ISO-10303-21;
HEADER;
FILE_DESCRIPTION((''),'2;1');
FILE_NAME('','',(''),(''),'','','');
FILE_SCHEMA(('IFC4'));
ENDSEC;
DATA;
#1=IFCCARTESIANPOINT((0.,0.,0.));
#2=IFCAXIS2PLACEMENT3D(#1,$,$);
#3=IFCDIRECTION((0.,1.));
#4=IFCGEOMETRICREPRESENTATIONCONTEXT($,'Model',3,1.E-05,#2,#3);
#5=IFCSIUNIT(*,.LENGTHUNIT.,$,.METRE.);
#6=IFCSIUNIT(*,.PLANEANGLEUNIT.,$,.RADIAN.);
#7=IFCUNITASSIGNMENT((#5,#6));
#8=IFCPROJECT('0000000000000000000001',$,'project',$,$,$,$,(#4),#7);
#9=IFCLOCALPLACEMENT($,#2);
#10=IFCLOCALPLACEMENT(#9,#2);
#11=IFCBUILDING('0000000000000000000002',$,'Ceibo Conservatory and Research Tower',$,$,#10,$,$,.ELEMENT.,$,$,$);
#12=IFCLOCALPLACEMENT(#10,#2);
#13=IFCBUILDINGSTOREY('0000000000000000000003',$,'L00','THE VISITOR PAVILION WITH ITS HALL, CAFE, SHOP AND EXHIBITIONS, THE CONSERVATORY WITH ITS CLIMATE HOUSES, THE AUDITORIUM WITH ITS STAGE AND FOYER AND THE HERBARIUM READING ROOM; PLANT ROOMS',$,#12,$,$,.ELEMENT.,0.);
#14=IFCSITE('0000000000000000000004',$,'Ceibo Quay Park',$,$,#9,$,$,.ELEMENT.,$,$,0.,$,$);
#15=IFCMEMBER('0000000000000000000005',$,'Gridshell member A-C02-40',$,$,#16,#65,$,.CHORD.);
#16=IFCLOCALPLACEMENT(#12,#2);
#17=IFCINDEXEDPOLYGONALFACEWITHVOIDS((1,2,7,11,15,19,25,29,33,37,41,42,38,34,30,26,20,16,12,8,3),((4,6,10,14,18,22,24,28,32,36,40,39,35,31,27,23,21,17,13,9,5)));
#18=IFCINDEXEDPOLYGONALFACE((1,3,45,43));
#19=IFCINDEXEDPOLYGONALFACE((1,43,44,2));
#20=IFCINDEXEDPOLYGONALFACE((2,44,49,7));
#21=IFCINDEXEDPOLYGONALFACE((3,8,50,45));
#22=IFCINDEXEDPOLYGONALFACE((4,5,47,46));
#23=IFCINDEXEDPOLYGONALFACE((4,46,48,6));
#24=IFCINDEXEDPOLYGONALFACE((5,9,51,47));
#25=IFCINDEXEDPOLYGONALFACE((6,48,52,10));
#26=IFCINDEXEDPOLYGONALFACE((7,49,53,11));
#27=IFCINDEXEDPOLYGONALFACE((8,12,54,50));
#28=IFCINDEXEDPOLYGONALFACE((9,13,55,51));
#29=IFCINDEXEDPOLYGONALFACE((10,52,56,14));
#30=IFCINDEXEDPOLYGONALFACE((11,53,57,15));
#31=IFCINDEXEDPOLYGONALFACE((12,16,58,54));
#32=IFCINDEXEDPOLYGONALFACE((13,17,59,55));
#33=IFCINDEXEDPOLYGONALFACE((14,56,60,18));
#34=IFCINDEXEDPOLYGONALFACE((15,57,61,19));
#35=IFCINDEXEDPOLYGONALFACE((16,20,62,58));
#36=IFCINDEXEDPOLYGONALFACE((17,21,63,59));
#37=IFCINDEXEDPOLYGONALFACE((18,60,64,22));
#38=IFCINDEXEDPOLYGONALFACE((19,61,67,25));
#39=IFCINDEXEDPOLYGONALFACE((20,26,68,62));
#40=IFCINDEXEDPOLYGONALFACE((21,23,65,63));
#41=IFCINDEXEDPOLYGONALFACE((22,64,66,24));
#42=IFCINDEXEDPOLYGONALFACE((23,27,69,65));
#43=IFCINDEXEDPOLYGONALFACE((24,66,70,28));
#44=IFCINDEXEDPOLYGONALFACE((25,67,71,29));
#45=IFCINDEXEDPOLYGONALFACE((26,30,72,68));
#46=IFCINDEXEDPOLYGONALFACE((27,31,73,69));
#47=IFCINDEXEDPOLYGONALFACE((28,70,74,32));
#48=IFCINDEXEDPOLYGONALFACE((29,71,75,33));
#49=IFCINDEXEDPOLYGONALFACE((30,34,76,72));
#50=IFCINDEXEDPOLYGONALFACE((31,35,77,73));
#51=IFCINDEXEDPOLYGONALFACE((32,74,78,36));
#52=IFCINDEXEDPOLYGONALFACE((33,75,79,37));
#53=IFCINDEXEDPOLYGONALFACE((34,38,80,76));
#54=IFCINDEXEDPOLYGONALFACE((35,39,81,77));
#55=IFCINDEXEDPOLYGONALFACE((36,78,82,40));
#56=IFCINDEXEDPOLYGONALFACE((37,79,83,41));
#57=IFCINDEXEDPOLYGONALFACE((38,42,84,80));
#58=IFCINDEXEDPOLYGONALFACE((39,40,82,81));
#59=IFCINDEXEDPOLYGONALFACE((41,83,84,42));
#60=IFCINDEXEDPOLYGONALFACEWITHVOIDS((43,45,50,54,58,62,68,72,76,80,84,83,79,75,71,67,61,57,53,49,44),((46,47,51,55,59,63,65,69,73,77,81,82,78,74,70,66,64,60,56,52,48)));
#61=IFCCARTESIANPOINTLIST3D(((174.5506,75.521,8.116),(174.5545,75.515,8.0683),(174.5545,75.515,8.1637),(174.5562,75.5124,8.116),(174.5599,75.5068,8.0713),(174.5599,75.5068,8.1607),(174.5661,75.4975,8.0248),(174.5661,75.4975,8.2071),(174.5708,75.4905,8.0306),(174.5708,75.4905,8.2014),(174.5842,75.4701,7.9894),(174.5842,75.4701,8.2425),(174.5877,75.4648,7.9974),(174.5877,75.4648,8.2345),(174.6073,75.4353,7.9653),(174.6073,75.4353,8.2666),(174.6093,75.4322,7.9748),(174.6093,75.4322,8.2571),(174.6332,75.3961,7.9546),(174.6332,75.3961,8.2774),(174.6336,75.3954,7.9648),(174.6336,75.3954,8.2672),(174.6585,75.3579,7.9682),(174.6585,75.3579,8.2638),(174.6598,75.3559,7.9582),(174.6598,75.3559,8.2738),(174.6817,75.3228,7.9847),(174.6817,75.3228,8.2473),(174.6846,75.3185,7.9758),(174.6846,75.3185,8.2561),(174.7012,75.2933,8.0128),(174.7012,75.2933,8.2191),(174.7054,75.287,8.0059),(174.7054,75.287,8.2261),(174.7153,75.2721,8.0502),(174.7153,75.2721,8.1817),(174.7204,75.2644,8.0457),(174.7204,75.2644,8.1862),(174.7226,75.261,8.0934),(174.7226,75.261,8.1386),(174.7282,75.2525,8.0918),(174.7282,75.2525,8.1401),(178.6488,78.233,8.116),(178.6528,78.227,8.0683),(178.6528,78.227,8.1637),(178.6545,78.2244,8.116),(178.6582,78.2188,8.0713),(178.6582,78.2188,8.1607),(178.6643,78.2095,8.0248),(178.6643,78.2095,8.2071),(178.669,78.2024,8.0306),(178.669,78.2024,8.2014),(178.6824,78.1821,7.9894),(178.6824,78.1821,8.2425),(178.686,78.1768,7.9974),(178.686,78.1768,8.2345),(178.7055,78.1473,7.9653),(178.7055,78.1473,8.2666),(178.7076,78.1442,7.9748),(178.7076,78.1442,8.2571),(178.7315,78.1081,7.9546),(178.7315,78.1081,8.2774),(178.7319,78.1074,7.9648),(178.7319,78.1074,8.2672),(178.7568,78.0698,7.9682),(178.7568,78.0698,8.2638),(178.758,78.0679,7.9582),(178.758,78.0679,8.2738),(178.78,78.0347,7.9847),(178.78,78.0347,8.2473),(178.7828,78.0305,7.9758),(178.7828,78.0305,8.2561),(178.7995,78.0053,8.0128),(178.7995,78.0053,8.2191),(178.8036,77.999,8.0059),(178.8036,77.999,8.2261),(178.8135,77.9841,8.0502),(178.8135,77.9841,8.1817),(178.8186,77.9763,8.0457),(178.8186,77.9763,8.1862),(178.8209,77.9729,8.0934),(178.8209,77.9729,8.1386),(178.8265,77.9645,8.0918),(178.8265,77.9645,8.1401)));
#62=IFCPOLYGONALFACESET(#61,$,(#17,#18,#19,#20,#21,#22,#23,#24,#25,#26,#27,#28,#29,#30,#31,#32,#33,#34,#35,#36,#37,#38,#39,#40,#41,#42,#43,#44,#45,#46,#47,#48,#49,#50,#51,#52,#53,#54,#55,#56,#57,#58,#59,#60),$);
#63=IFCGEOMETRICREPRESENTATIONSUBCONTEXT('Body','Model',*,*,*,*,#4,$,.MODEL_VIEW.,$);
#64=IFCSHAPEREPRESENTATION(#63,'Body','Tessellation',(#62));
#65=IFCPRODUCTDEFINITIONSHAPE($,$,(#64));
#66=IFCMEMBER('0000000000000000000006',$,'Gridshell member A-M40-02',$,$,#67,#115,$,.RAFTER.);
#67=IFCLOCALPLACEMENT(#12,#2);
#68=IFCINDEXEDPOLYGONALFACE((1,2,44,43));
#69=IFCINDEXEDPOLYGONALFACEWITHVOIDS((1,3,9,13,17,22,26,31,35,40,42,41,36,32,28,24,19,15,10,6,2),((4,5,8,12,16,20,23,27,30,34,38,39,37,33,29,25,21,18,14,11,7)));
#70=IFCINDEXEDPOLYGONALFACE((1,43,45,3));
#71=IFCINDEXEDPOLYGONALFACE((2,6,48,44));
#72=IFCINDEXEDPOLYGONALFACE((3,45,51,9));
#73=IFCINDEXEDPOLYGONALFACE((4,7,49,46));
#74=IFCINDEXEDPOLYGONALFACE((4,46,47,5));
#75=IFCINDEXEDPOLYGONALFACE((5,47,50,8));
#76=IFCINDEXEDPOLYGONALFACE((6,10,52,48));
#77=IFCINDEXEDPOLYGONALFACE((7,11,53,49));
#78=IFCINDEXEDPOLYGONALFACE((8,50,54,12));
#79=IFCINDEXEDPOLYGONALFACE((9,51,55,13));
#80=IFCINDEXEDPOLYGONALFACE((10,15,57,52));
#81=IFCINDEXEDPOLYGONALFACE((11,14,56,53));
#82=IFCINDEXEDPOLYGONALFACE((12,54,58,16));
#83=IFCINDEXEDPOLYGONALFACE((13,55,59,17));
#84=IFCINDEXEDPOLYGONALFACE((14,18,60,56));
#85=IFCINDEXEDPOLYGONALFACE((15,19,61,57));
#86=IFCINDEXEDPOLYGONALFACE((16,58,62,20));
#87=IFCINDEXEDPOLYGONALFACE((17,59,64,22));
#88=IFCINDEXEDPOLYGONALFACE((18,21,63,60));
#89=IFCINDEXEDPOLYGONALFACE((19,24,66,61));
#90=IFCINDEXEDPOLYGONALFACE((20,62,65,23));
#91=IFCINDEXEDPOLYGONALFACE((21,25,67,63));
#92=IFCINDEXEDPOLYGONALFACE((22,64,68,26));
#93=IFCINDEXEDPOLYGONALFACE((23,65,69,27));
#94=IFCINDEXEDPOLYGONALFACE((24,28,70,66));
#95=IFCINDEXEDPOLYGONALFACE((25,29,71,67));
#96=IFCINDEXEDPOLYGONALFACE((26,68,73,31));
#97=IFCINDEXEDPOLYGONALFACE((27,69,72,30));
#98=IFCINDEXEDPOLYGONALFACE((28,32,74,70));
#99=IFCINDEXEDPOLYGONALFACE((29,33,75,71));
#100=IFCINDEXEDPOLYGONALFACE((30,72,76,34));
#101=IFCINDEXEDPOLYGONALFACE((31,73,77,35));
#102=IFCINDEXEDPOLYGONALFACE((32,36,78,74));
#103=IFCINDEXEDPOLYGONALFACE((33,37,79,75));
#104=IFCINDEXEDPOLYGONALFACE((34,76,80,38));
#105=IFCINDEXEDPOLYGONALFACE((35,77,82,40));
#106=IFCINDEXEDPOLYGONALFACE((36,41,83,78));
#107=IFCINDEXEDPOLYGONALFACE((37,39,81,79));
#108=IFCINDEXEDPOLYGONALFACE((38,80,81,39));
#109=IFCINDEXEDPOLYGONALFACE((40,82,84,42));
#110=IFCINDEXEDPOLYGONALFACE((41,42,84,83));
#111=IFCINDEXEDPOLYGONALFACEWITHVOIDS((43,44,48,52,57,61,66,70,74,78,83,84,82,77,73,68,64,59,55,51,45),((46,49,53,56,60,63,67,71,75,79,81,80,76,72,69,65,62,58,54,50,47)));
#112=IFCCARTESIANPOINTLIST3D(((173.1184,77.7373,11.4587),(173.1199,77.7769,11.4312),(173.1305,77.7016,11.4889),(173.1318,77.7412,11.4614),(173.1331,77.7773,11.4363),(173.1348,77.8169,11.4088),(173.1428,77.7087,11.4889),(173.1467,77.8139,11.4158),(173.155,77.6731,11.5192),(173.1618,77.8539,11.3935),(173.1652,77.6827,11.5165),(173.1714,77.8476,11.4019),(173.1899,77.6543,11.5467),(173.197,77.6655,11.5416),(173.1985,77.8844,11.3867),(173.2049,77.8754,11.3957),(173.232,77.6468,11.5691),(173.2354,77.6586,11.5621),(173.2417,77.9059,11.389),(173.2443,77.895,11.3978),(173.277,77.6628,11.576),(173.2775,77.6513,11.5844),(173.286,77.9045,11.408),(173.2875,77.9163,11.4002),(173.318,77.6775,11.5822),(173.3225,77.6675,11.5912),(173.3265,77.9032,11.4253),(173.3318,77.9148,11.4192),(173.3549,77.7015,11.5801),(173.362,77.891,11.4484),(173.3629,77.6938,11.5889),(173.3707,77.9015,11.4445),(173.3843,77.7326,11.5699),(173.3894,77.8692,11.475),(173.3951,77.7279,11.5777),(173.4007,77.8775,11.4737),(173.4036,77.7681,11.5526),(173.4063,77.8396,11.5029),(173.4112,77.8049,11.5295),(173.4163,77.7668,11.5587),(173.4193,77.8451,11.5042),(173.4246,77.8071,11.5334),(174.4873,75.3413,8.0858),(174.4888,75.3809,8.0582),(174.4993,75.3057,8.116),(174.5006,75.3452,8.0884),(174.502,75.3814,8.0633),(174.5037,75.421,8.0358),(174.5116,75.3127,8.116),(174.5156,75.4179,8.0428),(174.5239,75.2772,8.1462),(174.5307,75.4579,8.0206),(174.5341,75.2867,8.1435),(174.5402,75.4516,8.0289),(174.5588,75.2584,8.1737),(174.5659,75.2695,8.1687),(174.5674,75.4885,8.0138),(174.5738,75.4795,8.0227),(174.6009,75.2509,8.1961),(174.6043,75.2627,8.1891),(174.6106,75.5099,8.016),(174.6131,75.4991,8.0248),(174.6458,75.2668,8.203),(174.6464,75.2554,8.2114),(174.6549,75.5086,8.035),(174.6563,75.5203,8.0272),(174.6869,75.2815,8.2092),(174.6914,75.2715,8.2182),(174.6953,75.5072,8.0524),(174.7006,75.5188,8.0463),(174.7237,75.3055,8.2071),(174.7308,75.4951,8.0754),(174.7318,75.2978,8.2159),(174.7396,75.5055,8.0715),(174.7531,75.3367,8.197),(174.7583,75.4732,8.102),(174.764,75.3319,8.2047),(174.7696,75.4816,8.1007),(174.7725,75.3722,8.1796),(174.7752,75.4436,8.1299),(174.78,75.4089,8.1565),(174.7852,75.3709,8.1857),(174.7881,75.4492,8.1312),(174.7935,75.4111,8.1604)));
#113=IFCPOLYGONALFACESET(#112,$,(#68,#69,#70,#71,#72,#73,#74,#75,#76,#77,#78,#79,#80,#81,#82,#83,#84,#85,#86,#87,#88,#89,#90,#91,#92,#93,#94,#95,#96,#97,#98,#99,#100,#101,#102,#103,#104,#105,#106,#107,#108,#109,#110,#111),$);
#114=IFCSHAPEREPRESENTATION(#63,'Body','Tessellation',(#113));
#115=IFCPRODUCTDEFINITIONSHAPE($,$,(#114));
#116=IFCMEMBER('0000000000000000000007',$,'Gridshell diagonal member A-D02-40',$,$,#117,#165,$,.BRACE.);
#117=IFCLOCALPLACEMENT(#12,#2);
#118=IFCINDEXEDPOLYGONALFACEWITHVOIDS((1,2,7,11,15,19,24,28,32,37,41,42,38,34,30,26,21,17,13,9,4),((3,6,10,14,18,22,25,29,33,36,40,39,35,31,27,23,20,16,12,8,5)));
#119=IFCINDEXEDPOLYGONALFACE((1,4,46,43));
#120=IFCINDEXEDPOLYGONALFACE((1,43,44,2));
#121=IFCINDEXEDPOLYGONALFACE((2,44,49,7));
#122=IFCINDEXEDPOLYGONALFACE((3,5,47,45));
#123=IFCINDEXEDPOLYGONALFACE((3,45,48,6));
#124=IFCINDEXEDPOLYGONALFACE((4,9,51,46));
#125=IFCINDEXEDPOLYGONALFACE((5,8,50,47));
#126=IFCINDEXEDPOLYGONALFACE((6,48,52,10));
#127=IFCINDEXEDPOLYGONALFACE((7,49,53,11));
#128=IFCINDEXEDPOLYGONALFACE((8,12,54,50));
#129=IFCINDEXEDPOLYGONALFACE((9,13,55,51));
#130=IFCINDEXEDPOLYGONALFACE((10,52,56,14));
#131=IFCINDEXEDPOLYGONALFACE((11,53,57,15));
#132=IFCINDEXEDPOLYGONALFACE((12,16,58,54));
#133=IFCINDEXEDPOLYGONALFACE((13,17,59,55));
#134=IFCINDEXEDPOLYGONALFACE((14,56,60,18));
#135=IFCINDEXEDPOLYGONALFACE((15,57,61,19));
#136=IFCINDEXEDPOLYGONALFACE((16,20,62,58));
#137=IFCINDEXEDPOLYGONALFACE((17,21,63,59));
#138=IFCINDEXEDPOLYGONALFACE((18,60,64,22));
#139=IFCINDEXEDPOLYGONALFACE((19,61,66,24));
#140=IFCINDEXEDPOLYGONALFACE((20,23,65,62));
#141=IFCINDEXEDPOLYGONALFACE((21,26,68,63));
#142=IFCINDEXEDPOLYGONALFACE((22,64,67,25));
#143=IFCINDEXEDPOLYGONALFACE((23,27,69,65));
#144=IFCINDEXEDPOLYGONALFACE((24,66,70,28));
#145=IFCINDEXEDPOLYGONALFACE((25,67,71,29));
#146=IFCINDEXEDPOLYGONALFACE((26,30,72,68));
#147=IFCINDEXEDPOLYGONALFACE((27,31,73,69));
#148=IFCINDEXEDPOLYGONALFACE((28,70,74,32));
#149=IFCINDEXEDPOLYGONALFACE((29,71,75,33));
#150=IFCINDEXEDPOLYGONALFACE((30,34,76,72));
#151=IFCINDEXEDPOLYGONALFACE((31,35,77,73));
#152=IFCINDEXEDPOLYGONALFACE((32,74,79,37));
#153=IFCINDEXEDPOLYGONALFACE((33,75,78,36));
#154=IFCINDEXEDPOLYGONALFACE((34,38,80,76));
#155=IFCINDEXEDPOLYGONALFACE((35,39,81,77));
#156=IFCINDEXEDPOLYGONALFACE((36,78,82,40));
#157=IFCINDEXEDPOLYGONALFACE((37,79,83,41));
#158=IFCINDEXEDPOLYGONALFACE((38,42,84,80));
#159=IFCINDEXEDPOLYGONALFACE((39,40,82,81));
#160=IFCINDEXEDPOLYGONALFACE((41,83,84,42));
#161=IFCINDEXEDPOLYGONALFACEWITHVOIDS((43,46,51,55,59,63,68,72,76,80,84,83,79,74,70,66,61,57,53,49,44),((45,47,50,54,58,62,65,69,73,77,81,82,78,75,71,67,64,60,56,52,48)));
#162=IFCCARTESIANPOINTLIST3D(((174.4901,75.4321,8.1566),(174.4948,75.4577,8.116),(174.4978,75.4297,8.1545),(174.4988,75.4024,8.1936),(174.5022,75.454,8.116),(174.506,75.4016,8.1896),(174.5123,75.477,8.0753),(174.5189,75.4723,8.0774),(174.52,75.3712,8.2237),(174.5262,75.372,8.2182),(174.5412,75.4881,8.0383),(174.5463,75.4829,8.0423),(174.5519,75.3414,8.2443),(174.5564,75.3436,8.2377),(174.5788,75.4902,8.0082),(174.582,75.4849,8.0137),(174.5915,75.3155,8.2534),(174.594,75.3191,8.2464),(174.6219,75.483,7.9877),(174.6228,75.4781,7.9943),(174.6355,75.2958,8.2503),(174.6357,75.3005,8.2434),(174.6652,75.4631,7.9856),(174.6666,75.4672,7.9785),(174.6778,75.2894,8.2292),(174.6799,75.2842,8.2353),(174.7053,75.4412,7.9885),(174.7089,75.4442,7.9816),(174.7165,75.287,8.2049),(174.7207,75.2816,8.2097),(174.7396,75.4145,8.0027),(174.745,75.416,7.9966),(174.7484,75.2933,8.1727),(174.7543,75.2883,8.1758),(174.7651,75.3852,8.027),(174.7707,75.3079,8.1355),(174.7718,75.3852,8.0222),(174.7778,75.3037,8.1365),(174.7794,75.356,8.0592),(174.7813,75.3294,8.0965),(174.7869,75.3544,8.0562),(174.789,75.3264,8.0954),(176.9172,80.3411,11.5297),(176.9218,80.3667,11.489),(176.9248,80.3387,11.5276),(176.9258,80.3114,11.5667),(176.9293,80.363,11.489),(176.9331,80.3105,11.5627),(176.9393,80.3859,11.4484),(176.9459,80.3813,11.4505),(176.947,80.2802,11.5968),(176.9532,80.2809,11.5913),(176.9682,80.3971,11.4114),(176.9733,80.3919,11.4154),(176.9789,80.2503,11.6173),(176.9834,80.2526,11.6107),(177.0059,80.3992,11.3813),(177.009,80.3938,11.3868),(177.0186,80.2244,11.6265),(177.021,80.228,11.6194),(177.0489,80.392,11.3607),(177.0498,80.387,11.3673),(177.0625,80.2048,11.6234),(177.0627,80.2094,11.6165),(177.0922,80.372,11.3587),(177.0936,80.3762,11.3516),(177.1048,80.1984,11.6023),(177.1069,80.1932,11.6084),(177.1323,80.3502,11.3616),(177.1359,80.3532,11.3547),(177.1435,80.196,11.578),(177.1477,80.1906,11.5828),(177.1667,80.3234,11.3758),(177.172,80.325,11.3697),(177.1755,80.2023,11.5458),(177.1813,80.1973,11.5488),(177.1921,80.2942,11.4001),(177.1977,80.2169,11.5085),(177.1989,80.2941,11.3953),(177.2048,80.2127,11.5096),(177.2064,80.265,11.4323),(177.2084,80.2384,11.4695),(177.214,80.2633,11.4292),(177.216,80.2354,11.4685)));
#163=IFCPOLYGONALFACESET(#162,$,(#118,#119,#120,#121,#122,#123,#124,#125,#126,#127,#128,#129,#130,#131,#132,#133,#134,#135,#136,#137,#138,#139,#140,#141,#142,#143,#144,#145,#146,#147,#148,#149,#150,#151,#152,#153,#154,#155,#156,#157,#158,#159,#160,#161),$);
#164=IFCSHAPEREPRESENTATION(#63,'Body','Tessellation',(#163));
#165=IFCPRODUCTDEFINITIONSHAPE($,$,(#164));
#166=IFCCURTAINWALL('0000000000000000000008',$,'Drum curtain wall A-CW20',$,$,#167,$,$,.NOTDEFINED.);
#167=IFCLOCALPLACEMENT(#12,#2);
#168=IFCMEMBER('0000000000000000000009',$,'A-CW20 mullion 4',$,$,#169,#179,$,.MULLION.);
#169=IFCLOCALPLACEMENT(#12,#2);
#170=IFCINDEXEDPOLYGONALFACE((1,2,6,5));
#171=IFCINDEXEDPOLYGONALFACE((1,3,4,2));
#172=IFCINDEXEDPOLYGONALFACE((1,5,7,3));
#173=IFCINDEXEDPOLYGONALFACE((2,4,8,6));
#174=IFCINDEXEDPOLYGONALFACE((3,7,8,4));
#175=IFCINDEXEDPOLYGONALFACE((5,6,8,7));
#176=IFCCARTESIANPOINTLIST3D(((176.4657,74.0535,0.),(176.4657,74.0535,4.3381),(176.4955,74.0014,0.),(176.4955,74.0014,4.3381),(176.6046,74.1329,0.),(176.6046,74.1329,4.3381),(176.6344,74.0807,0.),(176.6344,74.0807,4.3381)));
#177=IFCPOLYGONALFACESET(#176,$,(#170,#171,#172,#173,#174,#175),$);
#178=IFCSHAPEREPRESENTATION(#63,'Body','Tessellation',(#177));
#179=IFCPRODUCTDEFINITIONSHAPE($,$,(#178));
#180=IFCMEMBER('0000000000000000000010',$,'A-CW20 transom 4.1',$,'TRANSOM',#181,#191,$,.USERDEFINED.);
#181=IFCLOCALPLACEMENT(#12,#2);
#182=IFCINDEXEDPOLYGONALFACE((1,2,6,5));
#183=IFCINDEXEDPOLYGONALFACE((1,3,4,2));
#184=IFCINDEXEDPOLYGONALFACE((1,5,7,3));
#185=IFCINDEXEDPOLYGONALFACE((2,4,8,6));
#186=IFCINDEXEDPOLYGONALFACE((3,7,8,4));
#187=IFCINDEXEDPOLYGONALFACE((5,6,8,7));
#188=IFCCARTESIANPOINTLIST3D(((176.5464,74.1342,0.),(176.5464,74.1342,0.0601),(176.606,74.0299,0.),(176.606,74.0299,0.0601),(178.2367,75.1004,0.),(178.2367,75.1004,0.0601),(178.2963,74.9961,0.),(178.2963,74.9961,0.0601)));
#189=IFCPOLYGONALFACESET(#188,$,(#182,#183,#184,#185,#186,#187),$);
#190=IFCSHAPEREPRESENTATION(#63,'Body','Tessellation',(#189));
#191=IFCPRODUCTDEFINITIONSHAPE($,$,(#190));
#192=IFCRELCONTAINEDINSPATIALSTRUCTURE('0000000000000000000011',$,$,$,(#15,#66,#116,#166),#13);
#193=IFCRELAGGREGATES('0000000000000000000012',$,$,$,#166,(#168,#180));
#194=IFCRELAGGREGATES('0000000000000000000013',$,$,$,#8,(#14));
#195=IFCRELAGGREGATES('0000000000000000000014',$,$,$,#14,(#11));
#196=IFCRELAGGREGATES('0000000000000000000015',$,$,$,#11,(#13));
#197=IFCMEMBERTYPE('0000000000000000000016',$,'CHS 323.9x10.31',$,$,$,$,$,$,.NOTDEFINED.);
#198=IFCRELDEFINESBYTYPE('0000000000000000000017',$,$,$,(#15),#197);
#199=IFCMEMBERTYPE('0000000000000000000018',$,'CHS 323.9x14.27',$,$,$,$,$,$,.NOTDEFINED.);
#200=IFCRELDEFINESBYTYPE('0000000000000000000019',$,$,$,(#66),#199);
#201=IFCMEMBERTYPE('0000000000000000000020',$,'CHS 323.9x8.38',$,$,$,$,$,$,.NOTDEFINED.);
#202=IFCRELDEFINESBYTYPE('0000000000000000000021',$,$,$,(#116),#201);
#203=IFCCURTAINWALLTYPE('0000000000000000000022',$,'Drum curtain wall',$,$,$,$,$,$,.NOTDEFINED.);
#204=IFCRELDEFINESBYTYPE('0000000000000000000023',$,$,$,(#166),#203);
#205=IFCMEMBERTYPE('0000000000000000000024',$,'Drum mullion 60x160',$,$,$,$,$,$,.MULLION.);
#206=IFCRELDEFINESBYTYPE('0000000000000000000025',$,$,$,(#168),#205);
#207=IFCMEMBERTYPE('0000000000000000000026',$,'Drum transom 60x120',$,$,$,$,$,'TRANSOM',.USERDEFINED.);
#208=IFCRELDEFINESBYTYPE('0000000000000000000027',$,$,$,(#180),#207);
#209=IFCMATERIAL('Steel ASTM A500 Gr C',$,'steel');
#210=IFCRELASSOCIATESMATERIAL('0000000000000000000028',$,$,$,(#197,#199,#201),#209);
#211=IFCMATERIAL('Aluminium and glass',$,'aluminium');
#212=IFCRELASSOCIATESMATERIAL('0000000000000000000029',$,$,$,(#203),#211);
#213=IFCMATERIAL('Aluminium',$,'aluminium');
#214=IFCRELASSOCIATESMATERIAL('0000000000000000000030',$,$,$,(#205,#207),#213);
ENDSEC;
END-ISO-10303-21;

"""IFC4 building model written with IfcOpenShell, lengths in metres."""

from ifc_helpers import new_model, si_unit, direction, frame, origin, origin_2d, place, context, subcontext, project, spatial, rectangle, hollow_circle, extrude, material, material_profile, profile_set, type_object, element, aggregate, save


model = new_model("IFC4")

# Units and contexts
model_context = context("Model", 3, precision=1e-05, world=origin(), true_north=direction((0.0, 1.0)))
body_context = subcontext(model_context, "Body", "Model", "MODEL_VIEW")
ifc_project = project(units=[si_unit("LENGTHUNIT", "METRE"), si_unit("PLANEANGLEUNIT", "RADIAN")], contexts=[model_context])

# Site, building, storey
site_placement = place(None, origin())
site = spatial("IfcSite", under=ifc_project, at=site_placement, Name="Ceibo Quay Park", CompositionType="ELEMENT", RefElevation=0.0)
building_placement = place(site_placement, origin())
building = spatial("IfcBuilding", under=site, at=building_placement, Name="Ceibo Conservatory and Research Tower", CompositionType="ELEMENT")
storey_placement = place(building_placement, origin())
storey = spatial("IfcBuildingStorey", under=building, at=storey_placement, Name="L00", Description="THE VISITOR PAVILION WITH ITS HALL, CAFE, SHOP AND EXHIBITIONS, THE CONSERVATORY WITH ITS CLIMATE HOUSES, THE AUDITORIUM WITH ITS STAGE AND FOYER AND THE HERBARIUM READING ROOM; PLANT ROOMS", CompositionType="ELEMENT", Elevation=0.0)

# Members
ifc_material_1 = material(Name="Steel ASTM A500 Gr C", Category="steel")
ifc_material_profile_1 = material_profile(ifc_material_1, hollow_circle(Radius=0.1619, WallThickness=0.0103, at=origin_2d()), Name="CHS 323.9x10.31")
ifc_profile_set_1 = profile_set([ifc_material_profile_1], Name="Steel ASTM A500 Gr C")
member_type_1 = type_object("IfcMemberType", Name="CHS 323.9x10.31", PredefinedType="NOTDEFINED", material=ifc_profile_set_1)
member_1_placement = place(storey_placement, frame((174.6399, 75.386, 8.116), z_axis=(0.833941, 0.551854, 0.0), x_axis=(-0.551854, 0.833941, 0.0)))
element("IfcMember", 1, at=member_1_placement, inside=storey, type_object=member_type_1, Name="Gridshell member A-C02-40", PredefinedType="CHORD", context=body_context, shape_type="SweptSolid", body=[
    extrude(hollow_circle(Radius=0.1619, WallThickness=0.0103, at=origin_2d()), origin(), (0.0, 0.0, 1.0), 4.9143),
])
ifc_material_profile_2 = material_profile(ifc_material_1, hollow_circle(Radius=0.1619, WallThickness=0.0142, at=origin_2d()), Name="CHS 323.9x14.27")
ifc_profile_set_2 = profile_set([ifc_material_profile_2], Name="Steel ASTM A500 Gr C")
member_type_2 = type_object("IfcMemberType", Name="CHS 323.9x14.27", PredefinedType="NOTDEFINED", material=ifc_profile_set_2)
member_2_placement = place(storey_placement, frame((174.6399, 75.386, 8.116), z_axis=(-0.314112, 0.549793, 0.773991), x_axis=(-0.868281, -0.496072, 0.0)))
element("IfcMember", 2, at=member_2_placement, inside=storey, type_object=member_type_2, Name="Gridshell member A-M40-02", PredefinedType="RAFTER", context=body_context, shape_type="SweptSolid", body=[
    extrude(hollow_circle(Radius=0.1619, WallThickness=0.0142, at=origin_2d()), origin(), (0.0, 0.0, 1.0), 4.3579),
])
ifc_material_profile_3 = material_profile(ifc_material_1, hollow_circle(Radius=0.1619, WallThickness=0.0083, at=origin_2d()), Name="CHS 323.9x8.38")
ifc_profile_set_3 = profile_set([ifc_material_profile_3], Name="Steel ASTM A500 Gr C")
member_type_3 = type_object("IfcMemberType", Name="CHS 323.9x8.38", PredefinedType="NOTDEFINED", material=ifc_profile_set_3)
member_3_placement = place(storey_placement, frame((174.6399, 75.386, 8.116), z_axis=(0.377356, 0.763253, 0.524449), x_axis=(-0.896424, 0.443197, 0.0)))
element("IfcMember", 3, at=member_3_placement, inside=storey, type_object=member_type_3, Name="Gridshell diagonal member A-D02-40", PredefinedType="BRACE", context=body_context, shape_type="SweptSolid", body=[
    extrude(hollow_circle(Radius=0.1619, WallThickness=0.0083, at=origin_2d()), origin(), (0.0, 0.0, 1.0), 6.4316),
])

# Curtain wall, members
ifc_material_2 = material(Name="Aluminium and glass", Category="aluminium")
curtain_wall_type = type_object("IfcCurtainWallType", Name="Drum curtain wall", PredefinedType="NOTDEFINED", material=ifc_material_2)
curtain_wall_placement = place(storey_placement, origin())
curtain_wall = element("IfcCurtainWall", 4, at=curtain_wall_placement, inside=storey, type_object=curtain_wall_type, Name="Drum curtain wall A-CW20", PredefinedType="NOTDEFINED")
ifc_material_3 = material(Name="Aluminium", Category="aluminium")
ifc_material_profile_4 = material_profile(ifc_material_3, rectangle(XDim=0.0601, YDim=0.1599, at=origin_2d()), Name="AL 60x160")
ifc_profile_set_4 = profile_set([ifc_material_profile_4], Name="Aluminium")
member_type_4 = type_object("IfcMemberType", Name="Drum mullion 60x160", PredefinedType="MULLION", material=ifc_profile_set_4)
member_4_placement = place(storey_placement, frame((176.55, 74.0671, 0.0), z_axis=(0.0, 0.0, 1.0), x_axis=(-0.496216, 0.868199, 0.0)))
member_4 = element("IfcMember", 5, at=member_4_placement, type_object=member_type_4, Name="A-CW20 mullion 4", PredefinedType="MULLION", context=body_context, shape_type="SweptSolid", body=[
    extrude(rectangle(XDim=0.0601, YDim=0.1599, at=origin_2d()), origin(), (0.0, 0.0, 1.0), 4.3381),
])
ifc_material_profile_5 = material_profile(ifc_material_3, rectangle(XDim=0.1201, YDim=0.0601, at=origin_2d()), Name="AL 60x120")
ifc_profile_set_5 = profile_set([ifc_material_profile_5], Name="Aluminium")
member_type_5 = type_object("IfcMemberType", Name="Drum transom 60x120", ElementType="TRANSOM", PredefinedType="USERDEFINED", material=ifc_profile_set_5)
member_5_placement = place(storey_placement, frame((176.5762, 74.082, 0.03), z_axis=(0.868166, 0.496274, 0.0), x_axis=(-0.496274, 0.868166, 0.0)))
member_5 = element("IfcMember", 6, at=member_5_placement, type_object=member_type_5, Name="A-CW20 transom 4.1", ObjectType="TRANSOM", PredefinedType="USERDEFINED", context=body_context, shape_type="SweptSolid", body=[
    extrude(rectangle(XDim=0.1201, YDim=0.0601, at=origin_2d()), origin(), (0.0, 0.0, 1.0), 1.947),
])
aggregate(curtain_wall, [member_4, member_5])

save(model, "model.ifc")
